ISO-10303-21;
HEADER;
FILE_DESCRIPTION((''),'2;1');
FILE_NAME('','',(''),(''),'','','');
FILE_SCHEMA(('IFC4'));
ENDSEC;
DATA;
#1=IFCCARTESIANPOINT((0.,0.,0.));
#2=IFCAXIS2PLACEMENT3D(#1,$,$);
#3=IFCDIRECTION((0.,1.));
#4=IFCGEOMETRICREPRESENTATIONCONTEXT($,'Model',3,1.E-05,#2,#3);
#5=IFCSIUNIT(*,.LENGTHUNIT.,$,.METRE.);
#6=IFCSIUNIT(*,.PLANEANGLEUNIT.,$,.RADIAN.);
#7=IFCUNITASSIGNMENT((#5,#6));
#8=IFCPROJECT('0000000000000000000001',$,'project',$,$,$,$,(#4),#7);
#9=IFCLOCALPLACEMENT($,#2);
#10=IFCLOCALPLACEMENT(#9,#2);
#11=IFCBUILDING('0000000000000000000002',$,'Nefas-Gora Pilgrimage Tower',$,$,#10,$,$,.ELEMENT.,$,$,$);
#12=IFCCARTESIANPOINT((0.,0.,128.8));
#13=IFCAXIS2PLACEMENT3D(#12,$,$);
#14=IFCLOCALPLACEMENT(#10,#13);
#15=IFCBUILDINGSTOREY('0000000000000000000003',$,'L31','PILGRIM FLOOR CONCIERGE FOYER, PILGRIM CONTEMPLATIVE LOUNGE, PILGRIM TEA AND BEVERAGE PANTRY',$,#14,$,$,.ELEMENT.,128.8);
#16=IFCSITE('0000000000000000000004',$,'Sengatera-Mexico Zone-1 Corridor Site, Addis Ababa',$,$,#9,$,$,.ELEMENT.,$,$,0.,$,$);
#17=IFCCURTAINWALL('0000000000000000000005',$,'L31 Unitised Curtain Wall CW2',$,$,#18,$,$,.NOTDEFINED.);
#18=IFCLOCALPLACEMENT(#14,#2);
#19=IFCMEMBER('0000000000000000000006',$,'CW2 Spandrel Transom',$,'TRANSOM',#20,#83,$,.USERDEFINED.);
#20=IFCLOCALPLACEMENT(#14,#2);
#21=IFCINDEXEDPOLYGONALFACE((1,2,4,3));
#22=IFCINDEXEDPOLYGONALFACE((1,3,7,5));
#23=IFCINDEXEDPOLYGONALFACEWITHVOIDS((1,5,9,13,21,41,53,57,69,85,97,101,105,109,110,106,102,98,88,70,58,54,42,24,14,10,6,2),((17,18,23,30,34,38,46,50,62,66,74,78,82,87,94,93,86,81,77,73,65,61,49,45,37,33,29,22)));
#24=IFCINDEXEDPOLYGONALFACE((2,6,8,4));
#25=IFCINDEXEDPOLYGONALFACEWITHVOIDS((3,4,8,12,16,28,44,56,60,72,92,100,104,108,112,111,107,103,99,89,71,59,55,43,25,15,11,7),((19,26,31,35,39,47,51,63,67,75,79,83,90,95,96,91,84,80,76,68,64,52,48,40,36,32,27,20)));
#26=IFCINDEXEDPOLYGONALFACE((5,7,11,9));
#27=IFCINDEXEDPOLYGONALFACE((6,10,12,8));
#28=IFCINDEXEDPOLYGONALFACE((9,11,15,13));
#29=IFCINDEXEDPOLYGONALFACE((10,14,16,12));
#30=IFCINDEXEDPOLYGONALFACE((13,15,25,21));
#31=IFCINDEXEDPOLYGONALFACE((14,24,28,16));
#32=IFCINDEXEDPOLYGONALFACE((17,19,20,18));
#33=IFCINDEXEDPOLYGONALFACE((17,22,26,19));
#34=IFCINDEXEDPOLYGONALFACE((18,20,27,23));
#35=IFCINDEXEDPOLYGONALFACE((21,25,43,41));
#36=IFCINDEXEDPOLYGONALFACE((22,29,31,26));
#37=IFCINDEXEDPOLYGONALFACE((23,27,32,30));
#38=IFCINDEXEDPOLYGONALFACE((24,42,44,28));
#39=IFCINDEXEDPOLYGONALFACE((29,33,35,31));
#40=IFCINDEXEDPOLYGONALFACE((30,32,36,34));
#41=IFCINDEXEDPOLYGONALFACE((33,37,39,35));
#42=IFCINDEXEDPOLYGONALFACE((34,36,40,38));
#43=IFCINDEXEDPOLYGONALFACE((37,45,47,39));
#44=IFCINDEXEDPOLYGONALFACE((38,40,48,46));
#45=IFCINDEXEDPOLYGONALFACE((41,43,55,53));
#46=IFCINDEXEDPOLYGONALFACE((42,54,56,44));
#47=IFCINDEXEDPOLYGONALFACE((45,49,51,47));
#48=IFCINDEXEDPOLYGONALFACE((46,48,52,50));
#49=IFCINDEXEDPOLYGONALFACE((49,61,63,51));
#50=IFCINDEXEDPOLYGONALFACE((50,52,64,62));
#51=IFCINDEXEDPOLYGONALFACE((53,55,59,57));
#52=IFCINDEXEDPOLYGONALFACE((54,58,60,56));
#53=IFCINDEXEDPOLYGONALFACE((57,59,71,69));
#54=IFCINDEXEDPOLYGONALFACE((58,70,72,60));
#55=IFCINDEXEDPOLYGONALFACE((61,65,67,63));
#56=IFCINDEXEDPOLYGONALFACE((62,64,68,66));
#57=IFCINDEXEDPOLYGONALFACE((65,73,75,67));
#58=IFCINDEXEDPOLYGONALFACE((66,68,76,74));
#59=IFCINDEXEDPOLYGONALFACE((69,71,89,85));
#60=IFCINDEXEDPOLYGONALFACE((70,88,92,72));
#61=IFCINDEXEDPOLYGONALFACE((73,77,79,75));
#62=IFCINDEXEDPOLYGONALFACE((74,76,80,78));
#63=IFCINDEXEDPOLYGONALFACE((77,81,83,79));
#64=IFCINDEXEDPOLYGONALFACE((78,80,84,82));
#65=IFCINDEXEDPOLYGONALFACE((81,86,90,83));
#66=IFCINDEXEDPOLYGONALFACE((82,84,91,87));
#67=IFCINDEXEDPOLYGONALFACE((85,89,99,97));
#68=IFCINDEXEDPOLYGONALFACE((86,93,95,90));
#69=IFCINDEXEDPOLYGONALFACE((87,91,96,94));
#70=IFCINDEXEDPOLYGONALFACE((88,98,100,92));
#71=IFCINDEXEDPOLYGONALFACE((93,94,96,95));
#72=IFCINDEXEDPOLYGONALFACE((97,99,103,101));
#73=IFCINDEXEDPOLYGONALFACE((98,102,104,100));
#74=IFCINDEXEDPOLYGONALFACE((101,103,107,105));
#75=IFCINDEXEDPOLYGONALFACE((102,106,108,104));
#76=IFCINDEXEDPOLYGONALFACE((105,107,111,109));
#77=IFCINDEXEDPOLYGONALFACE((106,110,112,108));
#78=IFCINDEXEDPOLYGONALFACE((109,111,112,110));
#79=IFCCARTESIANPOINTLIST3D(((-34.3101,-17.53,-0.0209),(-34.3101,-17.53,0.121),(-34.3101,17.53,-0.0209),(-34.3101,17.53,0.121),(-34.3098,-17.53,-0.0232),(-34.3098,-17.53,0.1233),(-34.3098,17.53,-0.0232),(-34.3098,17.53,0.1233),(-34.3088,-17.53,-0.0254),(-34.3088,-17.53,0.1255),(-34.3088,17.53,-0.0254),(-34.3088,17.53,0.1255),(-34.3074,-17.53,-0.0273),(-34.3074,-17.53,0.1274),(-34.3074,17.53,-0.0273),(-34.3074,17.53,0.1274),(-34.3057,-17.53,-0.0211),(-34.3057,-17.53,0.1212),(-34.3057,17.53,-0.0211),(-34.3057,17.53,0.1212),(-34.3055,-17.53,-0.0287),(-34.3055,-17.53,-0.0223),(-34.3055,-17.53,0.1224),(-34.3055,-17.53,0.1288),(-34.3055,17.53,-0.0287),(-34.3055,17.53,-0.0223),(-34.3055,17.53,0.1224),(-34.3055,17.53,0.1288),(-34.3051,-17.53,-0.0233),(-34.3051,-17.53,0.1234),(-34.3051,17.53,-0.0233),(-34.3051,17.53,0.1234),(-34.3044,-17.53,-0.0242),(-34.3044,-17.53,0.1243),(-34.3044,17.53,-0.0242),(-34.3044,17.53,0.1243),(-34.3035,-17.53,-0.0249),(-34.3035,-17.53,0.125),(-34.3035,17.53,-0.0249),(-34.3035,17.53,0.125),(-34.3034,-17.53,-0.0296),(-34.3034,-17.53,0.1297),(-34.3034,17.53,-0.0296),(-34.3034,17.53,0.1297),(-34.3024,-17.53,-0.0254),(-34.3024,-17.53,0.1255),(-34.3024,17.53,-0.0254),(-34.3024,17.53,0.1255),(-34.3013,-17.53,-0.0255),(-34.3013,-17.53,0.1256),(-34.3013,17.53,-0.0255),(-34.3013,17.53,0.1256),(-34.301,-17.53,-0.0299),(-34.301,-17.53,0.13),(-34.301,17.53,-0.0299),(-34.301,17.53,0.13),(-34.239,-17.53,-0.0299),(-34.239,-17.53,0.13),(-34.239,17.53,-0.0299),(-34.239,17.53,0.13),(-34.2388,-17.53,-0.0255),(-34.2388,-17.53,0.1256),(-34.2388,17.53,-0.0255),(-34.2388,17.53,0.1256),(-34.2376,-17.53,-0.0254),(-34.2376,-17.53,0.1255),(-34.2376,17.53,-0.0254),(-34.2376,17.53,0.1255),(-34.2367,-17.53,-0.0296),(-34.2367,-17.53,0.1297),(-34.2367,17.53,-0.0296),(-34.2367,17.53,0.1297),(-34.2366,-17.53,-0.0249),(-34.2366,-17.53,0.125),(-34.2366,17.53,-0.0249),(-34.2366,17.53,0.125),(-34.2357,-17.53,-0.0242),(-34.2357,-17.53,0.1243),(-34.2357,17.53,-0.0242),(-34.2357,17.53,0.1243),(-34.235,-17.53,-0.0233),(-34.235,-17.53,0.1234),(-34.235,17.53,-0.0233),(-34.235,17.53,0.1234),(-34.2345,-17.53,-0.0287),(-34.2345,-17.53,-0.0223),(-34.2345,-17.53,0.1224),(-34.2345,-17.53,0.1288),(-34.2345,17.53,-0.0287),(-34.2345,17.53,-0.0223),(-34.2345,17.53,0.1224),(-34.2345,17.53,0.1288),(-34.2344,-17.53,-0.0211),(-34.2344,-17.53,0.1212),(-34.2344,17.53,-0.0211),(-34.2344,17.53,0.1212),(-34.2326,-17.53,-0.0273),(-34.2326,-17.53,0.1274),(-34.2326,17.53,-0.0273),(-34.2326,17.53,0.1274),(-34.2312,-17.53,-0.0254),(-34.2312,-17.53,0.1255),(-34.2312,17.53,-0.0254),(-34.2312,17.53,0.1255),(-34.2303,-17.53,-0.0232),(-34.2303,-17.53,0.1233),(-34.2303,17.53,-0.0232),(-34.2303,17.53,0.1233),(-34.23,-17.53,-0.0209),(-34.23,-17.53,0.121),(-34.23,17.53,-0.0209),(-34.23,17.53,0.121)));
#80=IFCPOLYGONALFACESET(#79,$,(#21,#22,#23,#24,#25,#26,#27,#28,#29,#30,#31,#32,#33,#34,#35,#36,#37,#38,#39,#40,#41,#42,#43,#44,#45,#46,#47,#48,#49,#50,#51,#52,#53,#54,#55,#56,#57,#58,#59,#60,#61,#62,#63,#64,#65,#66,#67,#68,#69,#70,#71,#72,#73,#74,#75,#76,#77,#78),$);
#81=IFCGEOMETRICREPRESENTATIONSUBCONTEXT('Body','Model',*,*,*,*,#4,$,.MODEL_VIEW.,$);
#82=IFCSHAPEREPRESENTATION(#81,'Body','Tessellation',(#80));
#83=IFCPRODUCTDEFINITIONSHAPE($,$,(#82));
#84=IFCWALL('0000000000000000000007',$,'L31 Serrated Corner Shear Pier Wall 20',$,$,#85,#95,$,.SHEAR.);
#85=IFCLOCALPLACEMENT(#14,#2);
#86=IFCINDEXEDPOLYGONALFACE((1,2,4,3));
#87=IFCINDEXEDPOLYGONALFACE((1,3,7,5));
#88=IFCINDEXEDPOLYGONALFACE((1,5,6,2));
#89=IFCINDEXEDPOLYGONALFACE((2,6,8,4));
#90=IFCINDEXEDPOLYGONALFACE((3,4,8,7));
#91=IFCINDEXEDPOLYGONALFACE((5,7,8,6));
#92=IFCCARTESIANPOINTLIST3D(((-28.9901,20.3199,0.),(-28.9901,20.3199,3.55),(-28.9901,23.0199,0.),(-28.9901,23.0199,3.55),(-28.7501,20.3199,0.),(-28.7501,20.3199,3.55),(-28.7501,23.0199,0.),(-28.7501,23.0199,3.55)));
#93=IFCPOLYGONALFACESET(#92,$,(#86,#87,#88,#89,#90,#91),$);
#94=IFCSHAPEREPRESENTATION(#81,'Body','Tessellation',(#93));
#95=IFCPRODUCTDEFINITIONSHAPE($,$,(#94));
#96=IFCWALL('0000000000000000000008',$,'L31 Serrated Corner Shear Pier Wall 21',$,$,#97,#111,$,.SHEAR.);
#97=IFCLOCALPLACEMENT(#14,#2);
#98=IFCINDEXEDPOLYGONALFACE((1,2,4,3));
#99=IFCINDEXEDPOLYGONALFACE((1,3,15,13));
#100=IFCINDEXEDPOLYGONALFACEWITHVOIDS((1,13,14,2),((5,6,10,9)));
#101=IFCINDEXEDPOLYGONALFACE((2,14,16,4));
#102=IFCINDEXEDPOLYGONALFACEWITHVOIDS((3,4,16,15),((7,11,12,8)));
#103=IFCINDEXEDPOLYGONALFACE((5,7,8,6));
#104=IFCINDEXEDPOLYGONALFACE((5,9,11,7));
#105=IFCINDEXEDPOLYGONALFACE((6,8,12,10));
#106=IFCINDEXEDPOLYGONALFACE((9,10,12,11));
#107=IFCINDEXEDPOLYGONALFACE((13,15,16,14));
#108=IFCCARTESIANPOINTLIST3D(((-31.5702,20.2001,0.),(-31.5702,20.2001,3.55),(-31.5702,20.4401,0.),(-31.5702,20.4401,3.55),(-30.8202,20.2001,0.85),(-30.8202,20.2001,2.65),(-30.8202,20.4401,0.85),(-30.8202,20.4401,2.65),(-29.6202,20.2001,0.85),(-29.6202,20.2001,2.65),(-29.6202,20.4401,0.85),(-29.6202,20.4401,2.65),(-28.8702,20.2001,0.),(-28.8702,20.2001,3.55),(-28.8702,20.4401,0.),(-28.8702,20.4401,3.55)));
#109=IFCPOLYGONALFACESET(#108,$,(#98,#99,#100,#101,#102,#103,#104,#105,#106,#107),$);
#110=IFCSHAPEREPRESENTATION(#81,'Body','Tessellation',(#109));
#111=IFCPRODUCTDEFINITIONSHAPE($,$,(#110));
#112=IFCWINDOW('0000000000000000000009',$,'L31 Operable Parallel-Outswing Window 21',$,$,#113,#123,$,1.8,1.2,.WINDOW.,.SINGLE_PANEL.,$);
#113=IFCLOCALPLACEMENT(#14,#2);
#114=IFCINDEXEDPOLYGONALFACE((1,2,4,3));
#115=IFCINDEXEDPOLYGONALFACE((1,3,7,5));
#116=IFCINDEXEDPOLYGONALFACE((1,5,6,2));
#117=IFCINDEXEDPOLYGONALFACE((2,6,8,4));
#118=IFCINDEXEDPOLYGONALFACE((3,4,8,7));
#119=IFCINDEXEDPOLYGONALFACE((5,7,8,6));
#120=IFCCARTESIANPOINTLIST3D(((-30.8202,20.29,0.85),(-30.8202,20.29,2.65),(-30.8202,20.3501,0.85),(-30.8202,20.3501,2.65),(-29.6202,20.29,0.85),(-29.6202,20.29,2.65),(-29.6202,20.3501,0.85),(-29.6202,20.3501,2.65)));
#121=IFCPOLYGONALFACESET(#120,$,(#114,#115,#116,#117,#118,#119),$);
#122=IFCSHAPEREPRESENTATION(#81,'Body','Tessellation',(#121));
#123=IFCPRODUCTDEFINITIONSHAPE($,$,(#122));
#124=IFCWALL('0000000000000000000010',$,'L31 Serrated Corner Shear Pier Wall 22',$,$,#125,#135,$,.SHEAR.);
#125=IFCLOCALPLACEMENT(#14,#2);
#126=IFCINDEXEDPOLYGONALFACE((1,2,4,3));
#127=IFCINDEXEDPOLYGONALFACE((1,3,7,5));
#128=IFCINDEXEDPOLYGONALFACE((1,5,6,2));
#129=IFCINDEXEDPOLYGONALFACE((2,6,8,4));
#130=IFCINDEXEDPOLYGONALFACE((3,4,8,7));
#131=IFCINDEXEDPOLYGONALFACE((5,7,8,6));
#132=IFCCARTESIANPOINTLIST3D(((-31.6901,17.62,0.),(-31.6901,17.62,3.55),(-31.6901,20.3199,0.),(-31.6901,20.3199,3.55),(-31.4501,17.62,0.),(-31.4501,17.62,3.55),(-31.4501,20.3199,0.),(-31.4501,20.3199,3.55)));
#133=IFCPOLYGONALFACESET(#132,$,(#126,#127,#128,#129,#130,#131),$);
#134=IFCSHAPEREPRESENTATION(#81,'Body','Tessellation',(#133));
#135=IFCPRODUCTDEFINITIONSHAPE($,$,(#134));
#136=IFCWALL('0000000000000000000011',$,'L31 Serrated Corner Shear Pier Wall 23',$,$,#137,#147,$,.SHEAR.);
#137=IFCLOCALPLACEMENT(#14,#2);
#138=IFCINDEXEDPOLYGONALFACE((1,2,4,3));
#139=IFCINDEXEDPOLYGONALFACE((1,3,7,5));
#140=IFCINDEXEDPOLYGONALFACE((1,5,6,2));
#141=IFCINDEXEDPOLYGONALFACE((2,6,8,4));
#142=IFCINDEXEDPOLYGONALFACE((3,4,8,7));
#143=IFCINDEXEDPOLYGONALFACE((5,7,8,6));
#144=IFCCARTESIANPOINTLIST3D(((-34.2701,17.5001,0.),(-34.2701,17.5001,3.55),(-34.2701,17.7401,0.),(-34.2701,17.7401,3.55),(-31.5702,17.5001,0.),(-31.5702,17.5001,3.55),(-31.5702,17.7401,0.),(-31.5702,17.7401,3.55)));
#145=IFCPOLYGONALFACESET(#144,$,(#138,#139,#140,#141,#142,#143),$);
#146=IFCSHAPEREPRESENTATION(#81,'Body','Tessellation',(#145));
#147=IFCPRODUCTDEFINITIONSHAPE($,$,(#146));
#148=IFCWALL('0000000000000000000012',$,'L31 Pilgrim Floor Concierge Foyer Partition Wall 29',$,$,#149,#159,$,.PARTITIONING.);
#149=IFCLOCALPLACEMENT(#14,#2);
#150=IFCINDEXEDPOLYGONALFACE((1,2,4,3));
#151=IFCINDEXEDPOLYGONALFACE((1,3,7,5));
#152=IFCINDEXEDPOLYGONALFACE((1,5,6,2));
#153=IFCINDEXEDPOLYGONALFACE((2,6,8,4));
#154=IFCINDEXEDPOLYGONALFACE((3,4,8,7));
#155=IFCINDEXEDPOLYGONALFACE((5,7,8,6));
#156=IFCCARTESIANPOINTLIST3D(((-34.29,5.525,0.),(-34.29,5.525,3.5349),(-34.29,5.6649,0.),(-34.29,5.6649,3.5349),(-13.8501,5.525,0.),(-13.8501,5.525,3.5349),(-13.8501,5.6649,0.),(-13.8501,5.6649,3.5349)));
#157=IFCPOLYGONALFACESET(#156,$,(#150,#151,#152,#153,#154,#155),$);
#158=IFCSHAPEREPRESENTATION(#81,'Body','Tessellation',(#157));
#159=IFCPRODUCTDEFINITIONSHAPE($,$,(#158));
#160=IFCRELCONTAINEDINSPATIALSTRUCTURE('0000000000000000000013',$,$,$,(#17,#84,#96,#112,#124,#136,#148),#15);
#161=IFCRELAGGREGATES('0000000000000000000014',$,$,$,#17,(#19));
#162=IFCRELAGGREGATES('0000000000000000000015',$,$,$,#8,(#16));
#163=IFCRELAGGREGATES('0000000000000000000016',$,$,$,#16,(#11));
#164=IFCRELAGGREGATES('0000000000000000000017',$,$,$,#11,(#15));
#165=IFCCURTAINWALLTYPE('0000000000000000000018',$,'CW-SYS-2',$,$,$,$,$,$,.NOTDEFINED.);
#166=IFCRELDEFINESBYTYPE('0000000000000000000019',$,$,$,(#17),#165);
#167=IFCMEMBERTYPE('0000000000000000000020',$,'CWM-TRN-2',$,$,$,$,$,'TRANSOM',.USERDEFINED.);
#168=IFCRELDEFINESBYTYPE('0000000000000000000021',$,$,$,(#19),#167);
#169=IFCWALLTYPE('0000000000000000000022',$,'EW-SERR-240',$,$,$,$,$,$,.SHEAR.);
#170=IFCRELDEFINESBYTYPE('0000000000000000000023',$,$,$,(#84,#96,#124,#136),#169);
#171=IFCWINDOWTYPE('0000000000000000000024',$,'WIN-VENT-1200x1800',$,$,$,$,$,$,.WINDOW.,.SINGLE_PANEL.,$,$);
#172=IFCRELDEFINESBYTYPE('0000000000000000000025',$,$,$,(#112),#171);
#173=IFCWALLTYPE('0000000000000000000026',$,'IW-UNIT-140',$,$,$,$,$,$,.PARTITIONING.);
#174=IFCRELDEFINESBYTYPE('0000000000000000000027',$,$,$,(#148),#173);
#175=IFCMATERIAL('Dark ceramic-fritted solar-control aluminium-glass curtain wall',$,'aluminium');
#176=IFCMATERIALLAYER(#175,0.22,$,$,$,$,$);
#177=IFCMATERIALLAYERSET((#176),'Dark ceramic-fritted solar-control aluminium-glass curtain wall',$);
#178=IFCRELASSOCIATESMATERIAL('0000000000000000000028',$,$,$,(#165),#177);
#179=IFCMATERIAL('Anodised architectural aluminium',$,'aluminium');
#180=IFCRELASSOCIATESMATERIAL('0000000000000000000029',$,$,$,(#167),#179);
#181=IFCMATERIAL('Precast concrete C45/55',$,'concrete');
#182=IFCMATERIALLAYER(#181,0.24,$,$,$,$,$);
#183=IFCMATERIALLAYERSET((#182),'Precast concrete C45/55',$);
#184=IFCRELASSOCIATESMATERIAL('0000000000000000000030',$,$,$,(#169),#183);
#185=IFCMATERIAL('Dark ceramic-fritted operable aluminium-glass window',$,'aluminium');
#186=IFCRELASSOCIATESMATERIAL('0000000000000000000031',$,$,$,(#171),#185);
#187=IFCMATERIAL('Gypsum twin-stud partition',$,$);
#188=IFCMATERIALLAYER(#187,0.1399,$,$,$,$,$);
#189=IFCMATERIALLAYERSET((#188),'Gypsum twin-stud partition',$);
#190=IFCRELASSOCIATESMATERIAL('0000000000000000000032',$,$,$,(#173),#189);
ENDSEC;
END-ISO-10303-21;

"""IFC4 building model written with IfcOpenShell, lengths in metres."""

from ifc_helpers import new_model, si_unit, direction, frame, frame_2d, origin, origin_2d, place, context, subcontext, project, spatial, rectangle, hollow_rectangle, extrude, source, transform, mapped, material, layer, layer_set, material_profile, profile_set, type_object, element, fill, aggregate, save


model = new_model("IFC4")

# Units and contexts
model_context = context("Model", 3, precision=1e-05, world=origin(), true_north=direction((0.0, 1.0)))
body_context = subcontext(model_context, "Body", "Model", "MODEL_VIEW")
ifc_project = project(units=[si_unit("LENGTHUNIT", "METRE"), si_unit("PLANEANGLEUNIT", "RADIAN")], contexts=[model_context])

# Site, building, storey
site_placement = place(None, origin())
site = spatial("IfcSite", under=ifc_project, at=site_placement, Name="Sengatera-Mexico Zone-1 Corridor Site, Addis Ababa", CompositionType="ELEMENT", RefElevation=0.0)
building_placement = place(site_placement, origin())
building = spatial("IfcBuilding", under=site, at=building_placement, Name="Nefas-Gora Pilgrimage Tower", CompositionType="ELEMENT")
storey_placement = place(building_placement, frame((0.0, 0.0, 128.8)))
storey = spatial("IfcBuildingStorey", under=building, at=storey_placement, Name="L31", Description="PILGRIM FLOOR CONCIERGE FOYER, PILGRIM CONTEMPLATIVE LOUNGE, PILGRIM TEA AND BEVERAGE PANTRY", CompositionType="ELEMENT", Elevation=128.8)

# Shared definitions
ifc_material_1 = material(Name="Dark ceramic-fritted solar-control aluminium-glass curtain wall", Category="aluminium")
ifc_layer_1 = layer(ifc_material_1, 0.22)
ifc_layer_set_1 = layer_set([ifc_layer_1], Name="Dark ceramic-fritted solar-control aluminium-glass curtain wall")
curtain_wall_type = type_object("IfcCurtainWallType", Name="CW-SYS-2", PredefinedType="NOTDEFINED", material=ifc_layer_set_1)
ifc_material_2 = material(Name="Anodised architectural aluminium", Category="aluminium")

# Curtain wall, member
curtain_wall_1_placement = place(storey_placement, origin())
curtain_wall_1 = element("IfcCurtainWall", 1, at=curtain_wall_1_placement, inside=storey, type_object=curtain_wall_type, Name="L31 Unitised Curtain Wall CW2", PredefinedType="NOTDEFINED")
ifc_material_profile_1 = material_profile(ifc_material_2, hollow_rectangle(XDim=0.0801, YDim=0.1599, WallThickness=0.0044, InnerFilletRadius=0.0044, OuterFilletRadius=0.009, at=origin_2d()), Name="ALU TRANSOM 80x160")
ifc_profile_set_1 = profile_set([ifc_material_profile_1], Name="Anodised architectural aluminium")
member_type_1 = type_object("IfcMemberType", Name="CWM-TRN-2", ElementType="TRANSOM", PredefinedType="USERDEFINED", material=ifc_profile_set_1)
shared_shape_1 = source(origin(), body_context, "Body", "SweptSolid", [
    extrude(hollow_rectangle(XDim=0.0801, YDim=0.1599, WallThickness=0.0044, InnerFilletRadius=0.0044, OuterFilletRadius=0.009, at=origin_2d()), origin(), (0.0, 0.0, 1.0), 35.0601),
])
member_1_placement = place(storey_placement, frame((-34.27, 17.53, 0.05), z_axis=(0.0, -1.0, 0.0), x_axis=(1.0, 0.0, 0.0)))
member_1 = element("IfcMember", 2, at=member_1_placement, type_object=member_type_1, Name="CW2 Spandrel Transom", ObjectType="TRANSOM", PredefinedType="USERDEFINED", context=body_context, shape_type="MappedRepresentation", body=[
    mapped(shared_shape_1, transform((0.0, 0.0, 0.0), x_axis=(1.0, 0.0, 0.0), y_axis=(0.0, 1.0, 0.0), z_axis=(0.0, 0.0, 1.0), scale=1.0)),
])
aggregate(curtain_wall_1, [member_1])

# Wall
ifc_material_3 = material(Name="Precast concrete C45/55", Category="concrete")
ifc_layer_2 = layer(ifc_material_3, 0.24)
ifc_layer_set_2 = layer_set([ifc_layer_2], Name="Precast concrete C45/55")
wall_type_1 = type_object("IfcWallType", Name="EW-SERR-240", PredefinedType="SHEAR", material=ifc_layer_set_2)
shared_shape_2 = source(origin(), body_context, "Body", "SweptSolid", [
    extrude(rectangle(XDim=2.7, YDim=0.24, at=frame_2d((1.3501, 0.0))), origin(), (0.0, 0.0, 1.0), 3.55),
])
wall_1_placement = place(storey_placement, frame((-28.8701, 23.02, 0.0), z_axis=(0.0, 0.0, 1.0), x_axis=(0.0, -1.0, 0.0)))
element("IfcWall", 3, at=wall_1_placement, inside=storey, type_object=wall_type_1, Name="L31 Serrated Corner Shear Pier Wall 20", PredefinedType="SHEAR", context=body_context, shape_type="MappedRepresentation", body=[
    mapped(shared_shape_2, transform((0.0, 0.0, 0.0), x_axis=(1.0, 0.0, 0.0), y_axis=(0.0, 1.0, 0.0), z_axis=(0.0, 0.0, 1.0), scale=1.0)),
])

# Wall, opening, window
wall_2_placement = place(storey_placement, frame((-28.8701, 20.3201, 0.0), z_axis=(0.0, 0.0, 1.0), x_axis=(-1.0, 0.0, 0.0)))
wall_2 = element("IfcWall", 4, at=wall_2_placement, inside=storey, type_object=wall_type_1, Name="L31 Serrated Corner Shear Pier Wall 21", PredefinedType="SHEAR", context=body_context, shape_type="MappedRepresentation", body=[
    mapped(shared_shape_2, transform((0.0, 0.0, 0.0), x_axis=(1.0, 0.0, 0.0), y_axis=(0.0, 1.0, 0.0), z_axis=(0.0, 0.0, 1.0), scale=1.0)),
])
opening_placement = place(wall_2_placement, frame((0.75, 0.0, 0.8501)))
opening = element("IfcOpeningElement", 5, at=opening_placement, cuts=wall_2, PredefinedType="OPENING", context=body_context, shape_type="SweptSolid", body=[
    extrude(rectangle(XDim=1.2, YDim=1.8, at=frame_2d((0.6001, 0.8999))), frame((0.0, 0.1299, 0.0), z_axis=(0.0, -1.0, 0.0), x_axis=(1.0, 0.0, 0.0)), (0.0, 0.0, 1.0), 0.26),
])
ifc_material_4 = material(Name="Dark ceramic-fritted operable aluminium-glass window", Category="aluminium")
window_type = type_object("IfcWindowType", Name="WIN-VENT-1200x1800", PartitioningType="SINGLE_PANEL", PredefinedType="WINDOW", material=ifc_material_4)
shared_shape_3 = source(origin(), body_context, "Body", "SweptSolid", [
    extrude(rectangle(XDim=1.2, YDim=1.8, at=frame_2d((0.6001, 0.8999))), frame((0.0, 0.03, 0.0), z_axis=(0.0, -1.0, 0.0), x_axis=(1.0, 0.0, 0.0)), (0.0, 0.0, 1.0), 0.0601),
])
window_placement = place(opening_placement, origin())
window = element("IfcWindow", 6, at=window_placement, inside=storey, type_object=window_type, Name="L31 Operable Parallel-Outswing Window 21", OverallHeight=1.8, OverallWidth=1.2, PartitioningType="SINGLE_PANEL", PredefinedType="WINDOW", context=body_context, shape_type="MappedRepresentation", body=[
    mapped(shared_shape_3, transform((0.0, 0.0, 0.0), x_axis=(1.0, 0.0, 0.0), y_axis=(0.0, 1.0, 0.0), z_axis=(0.0, 0.0, 1.0), scale=1.0)),
])
fill(opening, window)

# Walls
for number, where, z_axis, x_axis, name in (
    (7, (-31.5701, 20.3201, 0.0), (0.0, 0.0, 1.0), (0.0, -1.0, 0.0), "L31 Serrated Corner Shear Pier Wall 22"),
    (8, (-31.5701, 17.6201, 0.0), (0.0, 0.0, 1.0), (-1.0, 0.0, 0.0), "L31 Serrated Corner Shear Pier Wall 23"),
):
    element("IfcWall", number, at=place(storey_placement, frame(where, z_axis=z_axis, x_axis=x_axis)), inside=storey, type_object=wall_type_1, Name=name, PredefinedType="SHEAR", context=body_context, shape_type="MappedRepresentation", body=[
        mapped(shared_shape_2, transform((0.0, 0.0, 0.0), x_axis=(1.0, 0.0, 0.0), y_axis=(0.0, 1.0, 0.0), z_axis=(0.0, 0.0, 1.0), scale=1.0)),
    ])
ifc_material_5 = material(Name="Gypsum twin-stud partition")
ifc_layer_3 = layer(ifc_material_5, 0.1399)
ifc_layer_set_3 = layer_set([ifc_layer_3], Name="Gypsum twin-stud partition")
wall_type_2 = type_object("IfcWallType", Name="IW-UNIT-140", PredefinedType="PARTITIONING", material=ifc_layer_set_3)
shared_shape_4 = source(origin(), body_context, "Body", "SweptSolid", [
    extrude(rectangle(XDim=20.4399, YDim=0.1399, at=frame_2d((10.22, 0.0))), origin(), (0.0, 0.0, 1.0), 3.5349),
])
wall_3_placement = place(storey_placement, frame((-34.29, 5.595, 0.0), z_axis=(0.0, 0.0, 1.0), x_axis=(1.0, 0.0, 0.0)))
element("IfcWall", 9, at=wall_3_placement, inside=storey, type_object=wall_type_2, Name="L31 Pilgrim Floor Concierge Foyer Partition Wall 29", PredefinedType="PARTITIONING", context=body_context, shape_type="MappedRepresentation", body=[
    mapped(shared_shape_4, transform((0.0, 0.0, 0.0), x_axis=(1.0, 0.0, 0.0), y_axis=(0.0, 1.0, 0.0), z_axis=(0.0, 0.0, 1.0), scale=1.0)),
])

save(model, "model.ifc")
